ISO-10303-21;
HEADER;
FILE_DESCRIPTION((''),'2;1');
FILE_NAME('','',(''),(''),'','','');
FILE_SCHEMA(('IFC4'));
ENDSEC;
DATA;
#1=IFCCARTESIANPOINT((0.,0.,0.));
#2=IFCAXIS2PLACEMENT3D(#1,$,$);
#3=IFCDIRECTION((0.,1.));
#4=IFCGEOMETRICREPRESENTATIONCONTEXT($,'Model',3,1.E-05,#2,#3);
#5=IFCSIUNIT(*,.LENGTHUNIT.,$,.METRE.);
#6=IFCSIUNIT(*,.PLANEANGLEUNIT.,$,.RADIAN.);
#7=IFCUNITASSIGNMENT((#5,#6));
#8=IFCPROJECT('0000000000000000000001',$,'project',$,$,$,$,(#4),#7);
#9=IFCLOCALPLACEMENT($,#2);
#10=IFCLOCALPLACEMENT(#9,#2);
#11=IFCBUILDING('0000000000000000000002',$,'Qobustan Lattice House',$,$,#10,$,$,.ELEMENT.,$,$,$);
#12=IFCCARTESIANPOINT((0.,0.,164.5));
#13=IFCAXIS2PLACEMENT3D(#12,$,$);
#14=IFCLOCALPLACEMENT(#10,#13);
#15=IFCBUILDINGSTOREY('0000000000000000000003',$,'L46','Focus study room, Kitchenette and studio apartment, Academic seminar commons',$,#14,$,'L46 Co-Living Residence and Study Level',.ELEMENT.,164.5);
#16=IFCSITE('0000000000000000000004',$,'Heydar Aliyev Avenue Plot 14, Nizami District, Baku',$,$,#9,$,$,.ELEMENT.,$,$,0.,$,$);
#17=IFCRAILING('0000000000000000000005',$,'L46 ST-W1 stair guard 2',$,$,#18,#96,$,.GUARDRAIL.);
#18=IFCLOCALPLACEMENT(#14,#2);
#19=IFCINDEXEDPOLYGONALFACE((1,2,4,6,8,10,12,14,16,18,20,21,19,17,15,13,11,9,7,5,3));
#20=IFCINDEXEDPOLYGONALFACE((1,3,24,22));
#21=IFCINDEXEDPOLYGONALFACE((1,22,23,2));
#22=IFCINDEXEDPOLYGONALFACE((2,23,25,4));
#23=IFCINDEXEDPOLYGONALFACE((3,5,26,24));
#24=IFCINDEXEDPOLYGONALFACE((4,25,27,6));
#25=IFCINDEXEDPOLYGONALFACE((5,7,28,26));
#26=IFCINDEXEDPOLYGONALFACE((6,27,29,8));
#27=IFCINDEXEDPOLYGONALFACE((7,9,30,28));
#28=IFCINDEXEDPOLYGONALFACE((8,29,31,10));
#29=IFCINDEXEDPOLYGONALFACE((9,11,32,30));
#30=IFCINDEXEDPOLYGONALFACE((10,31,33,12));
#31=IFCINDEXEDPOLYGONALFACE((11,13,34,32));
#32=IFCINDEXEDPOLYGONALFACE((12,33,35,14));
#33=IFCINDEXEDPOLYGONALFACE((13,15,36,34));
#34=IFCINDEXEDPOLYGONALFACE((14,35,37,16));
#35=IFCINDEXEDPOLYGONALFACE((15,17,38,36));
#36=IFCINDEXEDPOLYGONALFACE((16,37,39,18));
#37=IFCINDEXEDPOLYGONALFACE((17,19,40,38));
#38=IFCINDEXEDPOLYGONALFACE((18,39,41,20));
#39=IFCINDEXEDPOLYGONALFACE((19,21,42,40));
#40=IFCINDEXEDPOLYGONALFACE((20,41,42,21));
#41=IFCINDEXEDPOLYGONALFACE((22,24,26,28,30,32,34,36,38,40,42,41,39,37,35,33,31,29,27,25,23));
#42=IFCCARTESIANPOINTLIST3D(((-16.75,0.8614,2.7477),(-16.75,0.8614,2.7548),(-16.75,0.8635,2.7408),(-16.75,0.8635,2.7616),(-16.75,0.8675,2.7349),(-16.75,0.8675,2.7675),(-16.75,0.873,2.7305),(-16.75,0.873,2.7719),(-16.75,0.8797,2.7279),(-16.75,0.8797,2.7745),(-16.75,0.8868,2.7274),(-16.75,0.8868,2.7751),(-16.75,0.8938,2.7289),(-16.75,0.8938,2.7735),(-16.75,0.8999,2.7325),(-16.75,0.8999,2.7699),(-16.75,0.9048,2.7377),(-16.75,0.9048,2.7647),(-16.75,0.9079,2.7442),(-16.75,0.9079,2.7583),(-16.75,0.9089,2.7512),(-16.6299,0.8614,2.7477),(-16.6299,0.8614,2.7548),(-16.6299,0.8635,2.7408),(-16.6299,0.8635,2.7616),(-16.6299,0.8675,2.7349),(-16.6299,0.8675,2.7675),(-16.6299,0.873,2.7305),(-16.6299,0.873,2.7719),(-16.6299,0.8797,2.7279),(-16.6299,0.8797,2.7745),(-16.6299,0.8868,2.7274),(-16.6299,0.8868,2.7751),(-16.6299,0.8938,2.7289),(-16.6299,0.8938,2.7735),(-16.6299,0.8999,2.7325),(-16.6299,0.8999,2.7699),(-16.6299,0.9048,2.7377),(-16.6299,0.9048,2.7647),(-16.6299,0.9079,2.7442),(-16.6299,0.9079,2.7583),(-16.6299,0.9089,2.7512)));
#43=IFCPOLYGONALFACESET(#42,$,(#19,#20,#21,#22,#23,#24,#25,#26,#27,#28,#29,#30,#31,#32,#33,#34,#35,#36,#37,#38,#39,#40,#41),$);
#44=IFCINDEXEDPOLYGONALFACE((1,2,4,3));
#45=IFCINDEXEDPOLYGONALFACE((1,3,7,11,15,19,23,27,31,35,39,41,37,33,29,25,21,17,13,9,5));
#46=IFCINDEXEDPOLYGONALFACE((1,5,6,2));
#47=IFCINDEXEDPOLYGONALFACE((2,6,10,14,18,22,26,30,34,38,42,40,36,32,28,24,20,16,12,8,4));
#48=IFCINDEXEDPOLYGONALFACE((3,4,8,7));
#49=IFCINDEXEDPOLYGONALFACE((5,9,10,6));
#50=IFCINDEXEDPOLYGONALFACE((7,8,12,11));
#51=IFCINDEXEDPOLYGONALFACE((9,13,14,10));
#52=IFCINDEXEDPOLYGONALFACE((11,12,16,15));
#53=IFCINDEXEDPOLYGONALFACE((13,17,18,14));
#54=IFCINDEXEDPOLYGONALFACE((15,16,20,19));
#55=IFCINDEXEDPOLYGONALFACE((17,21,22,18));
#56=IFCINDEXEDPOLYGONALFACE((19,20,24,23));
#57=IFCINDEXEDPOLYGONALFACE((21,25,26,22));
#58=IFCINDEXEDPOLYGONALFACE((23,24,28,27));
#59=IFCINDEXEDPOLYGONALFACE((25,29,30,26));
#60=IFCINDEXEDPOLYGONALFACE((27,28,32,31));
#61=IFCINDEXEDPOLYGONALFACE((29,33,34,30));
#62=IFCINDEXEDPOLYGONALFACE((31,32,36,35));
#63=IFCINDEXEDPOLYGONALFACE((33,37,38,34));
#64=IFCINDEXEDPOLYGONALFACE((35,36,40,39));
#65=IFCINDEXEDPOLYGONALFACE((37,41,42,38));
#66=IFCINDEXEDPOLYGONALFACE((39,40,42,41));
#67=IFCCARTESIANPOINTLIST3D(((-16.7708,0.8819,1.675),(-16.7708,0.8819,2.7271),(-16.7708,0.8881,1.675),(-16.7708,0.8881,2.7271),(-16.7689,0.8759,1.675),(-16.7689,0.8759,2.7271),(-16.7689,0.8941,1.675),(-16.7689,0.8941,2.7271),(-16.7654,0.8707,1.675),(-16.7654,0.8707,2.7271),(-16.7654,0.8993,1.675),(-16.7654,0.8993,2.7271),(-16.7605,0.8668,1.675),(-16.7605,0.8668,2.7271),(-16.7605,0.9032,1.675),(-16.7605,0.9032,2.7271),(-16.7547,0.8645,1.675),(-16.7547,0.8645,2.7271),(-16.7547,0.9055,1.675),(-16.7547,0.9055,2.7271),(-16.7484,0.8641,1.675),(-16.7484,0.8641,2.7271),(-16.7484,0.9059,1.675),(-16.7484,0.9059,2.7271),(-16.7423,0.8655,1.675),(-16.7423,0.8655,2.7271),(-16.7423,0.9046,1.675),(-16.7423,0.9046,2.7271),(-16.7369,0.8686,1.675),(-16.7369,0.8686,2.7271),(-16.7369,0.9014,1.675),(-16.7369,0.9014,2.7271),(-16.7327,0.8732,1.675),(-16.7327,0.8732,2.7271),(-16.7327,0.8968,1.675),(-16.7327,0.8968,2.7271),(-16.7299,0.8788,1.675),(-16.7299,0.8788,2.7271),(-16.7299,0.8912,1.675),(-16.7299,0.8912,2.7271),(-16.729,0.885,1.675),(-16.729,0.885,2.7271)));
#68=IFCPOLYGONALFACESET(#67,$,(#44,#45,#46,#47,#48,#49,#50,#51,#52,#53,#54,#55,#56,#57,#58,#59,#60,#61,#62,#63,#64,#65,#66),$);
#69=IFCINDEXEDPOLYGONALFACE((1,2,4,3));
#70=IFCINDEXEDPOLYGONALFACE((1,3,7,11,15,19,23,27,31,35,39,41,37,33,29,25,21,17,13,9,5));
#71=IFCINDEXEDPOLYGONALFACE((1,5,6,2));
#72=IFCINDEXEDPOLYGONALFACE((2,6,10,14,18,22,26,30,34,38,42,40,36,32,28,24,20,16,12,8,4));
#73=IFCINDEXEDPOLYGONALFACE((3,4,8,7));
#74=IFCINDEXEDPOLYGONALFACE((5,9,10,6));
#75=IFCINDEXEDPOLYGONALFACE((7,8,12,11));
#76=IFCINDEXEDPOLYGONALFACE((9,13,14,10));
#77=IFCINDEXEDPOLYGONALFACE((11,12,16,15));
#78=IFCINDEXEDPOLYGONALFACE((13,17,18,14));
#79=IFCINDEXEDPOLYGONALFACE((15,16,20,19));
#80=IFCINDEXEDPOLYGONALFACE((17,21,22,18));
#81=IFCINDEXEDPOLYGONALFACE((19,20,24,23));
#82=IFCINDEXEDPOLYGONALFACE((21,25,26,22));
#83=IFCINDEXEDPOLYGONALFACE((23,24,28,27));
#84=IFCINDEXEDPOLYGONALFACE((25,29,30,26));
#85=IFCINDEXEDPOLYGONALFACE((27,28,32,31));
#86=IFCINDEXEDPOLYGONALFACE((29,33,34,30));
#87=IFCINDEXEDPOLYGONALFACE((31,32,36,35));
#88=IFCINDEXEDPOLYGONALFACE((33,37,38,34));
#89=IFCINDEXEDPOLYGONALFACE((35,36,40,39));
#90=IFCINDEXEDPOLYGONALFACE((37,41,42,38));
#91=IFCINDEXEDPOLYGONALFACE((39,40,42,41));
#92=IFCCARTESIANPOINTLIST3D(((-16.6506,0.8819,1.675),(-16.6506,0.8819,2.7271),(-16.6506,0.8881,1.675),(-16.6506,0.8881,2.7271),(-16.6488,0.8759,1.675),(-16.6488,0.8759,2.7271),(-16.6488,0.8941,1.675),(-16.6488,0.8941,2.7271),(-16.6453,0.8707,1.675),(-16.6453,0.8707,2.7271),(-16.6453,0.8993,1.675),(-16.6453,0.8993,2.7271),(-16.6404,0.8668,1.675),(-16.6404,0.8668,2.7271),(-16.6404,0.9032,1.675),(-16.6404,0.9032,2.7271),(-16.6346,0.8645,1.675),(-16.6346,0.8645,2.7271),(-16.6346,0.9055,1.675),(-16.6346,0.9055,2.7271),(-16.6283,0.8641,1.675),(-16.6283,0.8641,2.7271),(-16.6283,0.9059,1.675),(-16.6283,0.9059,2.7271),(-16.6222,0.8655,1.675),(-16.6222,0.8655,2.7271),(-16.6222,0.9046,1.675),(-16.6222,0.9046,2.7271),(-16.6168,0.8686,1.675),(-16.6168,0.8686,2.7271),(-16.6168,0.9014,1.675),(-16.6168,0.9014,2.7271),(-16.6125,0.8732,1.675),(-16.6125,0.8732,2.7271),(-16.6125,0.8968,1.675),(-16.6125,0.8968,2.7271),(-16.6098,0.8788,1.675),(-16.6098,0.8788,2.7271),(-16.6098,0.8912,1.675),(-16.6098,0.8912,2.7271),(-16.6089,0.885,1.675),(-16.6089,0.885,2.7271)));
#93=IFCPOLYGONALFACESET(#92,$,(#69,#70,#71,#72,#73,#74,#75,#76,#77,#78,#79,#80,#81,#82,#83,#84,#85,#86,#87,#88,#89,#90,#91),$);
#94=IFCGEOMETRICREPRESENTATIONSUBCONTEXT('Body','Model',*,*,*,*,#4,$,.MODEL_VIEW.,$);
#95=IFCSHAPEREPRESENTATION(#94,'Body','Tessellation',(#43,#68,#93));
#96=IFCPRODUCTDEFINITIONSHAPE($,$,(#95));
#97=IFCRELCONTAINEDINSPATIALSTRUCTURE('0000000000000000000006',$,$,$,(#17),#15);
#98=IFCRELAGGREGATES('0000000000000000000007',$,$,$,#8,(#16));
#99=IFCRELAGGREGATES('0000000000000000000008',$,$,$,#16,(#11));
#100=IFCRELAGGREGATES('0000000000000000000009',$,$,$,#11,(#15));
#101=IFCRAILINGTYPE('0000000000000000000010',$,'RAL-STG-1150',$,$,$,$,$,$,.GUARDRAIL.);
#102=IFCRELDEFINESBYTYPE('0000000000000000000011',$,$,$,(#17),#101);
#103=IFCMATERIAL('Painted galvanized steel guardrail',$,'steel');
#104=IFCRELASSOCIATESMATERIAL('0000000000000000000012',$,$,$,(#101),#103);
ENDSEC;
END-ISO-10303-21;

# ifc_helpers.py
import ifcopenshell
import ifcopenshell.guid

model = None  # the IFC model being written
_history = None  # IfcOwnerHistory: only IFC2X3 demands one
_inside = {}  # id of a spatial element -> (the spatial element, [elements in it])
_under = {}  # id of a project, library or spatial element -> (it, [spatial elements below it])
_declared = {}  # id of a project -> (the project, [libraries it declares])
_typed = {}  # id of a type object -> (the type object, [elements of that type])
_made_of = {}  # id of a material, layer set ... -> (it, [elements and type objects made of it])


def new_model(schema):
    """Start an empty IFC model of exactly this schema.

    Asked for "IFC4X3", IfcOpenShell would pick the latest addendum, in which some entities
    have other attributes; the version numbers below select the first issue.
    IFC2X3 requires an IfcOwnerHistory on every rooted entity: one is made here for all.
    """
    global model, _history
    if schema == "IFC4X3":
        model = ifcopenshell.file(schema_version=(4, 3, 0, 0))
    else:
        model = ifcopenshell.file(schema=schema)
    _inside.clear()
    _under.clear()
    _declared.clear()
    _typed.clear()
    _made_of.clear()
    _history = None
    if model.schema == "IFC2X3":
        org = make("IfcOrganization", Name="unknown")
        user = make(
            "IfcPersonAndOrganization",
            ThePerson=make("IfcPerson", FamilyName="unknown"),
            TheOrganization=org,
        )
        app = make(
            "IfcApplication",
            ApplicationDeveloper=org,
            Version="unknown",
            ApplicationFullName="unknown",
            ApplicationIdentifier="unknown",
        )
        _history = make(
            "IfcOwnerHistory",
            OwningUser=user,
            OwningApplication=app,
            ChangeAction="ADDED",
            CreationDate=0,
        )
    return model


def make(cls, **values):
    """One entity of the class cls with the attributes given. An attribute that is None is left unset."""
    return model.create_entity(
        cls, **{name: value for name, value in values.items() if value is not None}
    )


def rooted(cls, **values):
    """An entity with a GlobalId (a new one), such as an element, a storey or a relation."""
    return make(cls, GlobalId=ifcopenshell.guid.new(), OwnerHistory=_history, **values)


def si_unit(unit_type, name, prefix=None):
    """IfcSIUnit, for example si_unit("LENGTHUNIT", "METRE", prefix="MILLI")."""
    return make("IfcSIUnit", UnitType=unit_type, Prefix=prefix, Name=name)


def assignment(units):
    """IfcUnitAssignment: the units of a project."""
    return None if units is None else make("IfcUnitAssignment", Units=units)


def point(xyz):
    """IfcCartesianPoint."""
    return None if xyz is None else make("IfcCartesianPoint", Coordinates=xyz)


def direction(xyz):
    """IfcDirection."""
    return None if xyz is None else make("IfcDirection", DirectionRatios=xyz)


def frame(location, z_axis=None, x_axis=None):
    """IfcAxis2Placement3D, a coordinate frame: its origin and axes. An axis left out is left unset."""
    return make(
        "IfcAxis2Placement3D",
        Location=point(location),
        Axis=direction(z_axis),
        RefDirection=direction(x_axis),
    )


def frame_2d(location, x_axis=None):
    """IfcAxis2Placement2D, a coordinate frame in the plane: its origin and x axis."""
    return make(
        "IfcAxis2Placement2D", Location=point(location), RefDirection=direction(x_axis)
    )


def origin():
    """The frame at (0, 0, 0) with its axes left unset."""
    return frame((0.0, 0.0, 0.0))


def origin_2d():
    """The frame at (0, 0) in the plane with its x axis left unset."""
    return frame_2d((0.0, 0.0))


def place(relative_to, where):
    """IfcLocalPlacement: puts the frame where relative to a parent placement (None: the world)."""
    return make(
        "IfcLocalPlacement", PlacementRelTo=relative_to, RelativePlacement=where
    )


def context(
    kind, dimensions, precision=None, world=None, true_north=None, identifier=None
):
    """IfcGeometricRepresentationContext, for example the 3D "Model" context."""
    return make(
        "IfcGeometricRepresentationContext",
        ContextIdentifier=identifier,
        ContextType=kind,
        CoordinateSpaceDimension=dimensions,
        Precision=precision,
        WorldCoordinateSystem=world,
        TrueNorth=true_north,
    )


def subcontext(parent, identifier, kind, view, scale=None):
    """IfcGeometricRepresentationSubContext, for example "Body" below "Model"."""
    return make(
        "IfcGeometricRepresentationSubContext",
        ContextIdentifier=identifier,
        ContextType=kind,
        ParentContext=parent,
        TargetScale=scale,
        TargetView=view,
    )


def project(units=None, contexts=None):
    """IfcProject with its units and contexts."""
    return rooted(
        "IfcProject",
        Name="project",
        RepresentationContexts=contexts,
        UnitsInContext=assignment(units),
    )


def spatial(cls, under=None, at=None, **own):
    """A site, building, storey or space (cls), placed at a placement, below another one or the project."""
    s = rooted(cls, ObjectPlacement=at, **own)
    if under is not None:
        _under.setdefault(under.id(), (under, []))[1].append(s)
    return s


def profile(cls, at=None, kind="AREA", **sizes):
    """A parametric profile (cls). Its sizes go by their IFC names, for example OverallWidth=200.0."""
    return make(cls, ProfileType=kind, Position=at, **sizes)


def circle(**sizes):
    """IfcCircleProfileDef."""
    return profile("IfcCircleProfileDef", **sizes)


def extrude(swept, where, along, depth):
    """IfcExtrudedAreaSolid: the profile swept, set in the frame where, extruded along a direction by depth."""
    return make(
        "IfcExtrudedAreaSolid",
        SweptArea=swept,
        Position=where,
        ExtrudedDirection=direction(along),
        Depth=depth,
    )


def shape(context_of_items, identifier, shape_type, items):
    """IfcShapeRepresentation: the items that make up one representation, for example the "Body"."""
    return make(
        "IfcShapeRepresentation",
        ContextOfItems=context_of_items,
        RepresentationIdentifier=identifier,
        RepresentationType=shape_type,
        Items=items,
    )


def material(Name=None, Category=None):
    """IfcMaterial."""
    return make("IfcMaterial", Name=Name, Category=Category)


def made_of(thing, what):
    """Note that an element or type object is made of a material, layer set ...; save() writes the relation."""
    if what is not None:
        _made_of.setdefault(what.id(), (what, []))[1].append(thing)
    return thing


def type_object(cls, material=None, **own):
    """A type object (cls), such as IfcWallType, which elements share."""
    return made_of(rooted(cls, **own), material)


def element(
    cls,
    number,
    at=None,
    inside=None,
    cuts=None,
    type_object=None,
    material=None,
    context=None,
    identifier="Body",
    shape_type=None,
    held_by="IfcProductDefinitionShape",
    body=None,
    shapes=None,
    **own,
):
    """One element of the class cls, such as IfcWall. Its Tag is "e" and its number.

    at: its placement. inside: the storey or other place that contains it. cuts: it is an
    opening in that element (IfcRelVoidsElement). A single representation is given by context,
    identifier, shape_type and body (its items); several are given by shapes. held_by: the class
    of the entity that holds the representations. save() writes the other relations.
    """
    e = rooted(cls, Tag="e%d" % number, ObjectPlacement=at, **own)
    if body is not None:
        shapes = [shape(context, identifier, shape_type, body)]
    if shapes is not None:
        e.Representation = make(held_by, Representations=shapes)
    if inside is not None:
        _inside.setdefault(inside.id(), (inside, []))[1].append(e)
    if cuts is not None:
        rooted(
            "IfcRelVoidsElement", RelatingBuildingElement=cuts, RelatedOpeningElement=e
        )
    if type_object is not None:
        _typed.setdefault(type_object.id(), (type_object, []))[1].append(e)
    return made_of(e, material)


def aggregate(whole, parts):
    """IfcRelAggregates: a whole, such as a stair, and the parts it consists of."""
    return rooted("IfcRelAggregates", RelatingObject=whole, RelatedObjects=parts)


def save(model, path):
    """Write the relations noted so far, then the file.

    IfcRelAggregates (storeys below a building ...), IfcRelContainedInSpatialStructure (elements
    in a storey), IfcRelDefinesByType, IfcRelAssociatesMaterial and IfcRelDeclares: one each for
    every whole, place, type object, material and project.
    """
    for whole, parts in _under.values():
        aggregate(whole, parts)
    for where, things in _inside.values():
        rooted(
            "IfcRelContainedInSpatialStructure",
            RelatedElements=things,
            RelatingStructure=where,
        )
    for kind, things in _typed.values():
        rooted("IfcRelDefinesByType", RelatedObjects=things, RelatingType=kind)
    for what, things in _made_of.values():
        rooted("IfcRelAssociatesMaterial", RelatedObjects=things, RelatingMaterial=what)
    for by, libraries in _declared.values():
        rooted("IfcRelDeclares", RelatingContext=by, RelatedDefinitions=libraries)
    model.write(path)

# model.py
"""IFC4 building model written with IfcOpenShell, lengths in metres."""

from ifc_helpers import new_model, si_unit, direction, frame, origin, origin_2d, place, context, subcontext, project, spatial, circle, extrude, material, type_object, element, save


model = new_model("IFC4")

# Units and contexts
model_context = context("Model", 3, precision=1e-05, world=origin(), true_north=direction((0.0, 1.0)))
body_context = subcontext(model_context, "Body", "Model", "MODEL_VIEW")
ifc_project = project(units=[si_unit("LENGTHUNIT", "METRE"), si_unit("PLANEANGLEUNIT", "RADIAN")], contexts=[model_context])

# Site, building, storey
site_placement = place(None, origin())
site = spatial("IfcSite", under=ifc_project, at=site_placement, Name="Heydar Aliyev Avenue Plot 14, Nizami District, Baku", CompositionType="ELEMENT", RefElevation=0.0)
building_placement = place(site_placement, origin())
building = spatial("IfcBuilding", under=site, at=building_placement, Name="Qobustan Lattice House", CompositionType="ELEMENT")
storey_placement = place(building_placement, frame((0.0, 0.0, 164.5)))
storey = spatial("IfcBuildingStorey", under=building, at=storey_placement, Name="L46", Description="Focus study room, Kitchenette and studio apartment, Academic seminar commons", LongName="L46 Co-Living Residence and Study Level", CompositionType="ELEMENT", Elevation=164.5)

# Railing
ifc_material_1 = material(Name="Painted galvanized steel guardrail", Category="steel")
railing_type_1 = type_object("IfcRailingType", Name="RAL-STG-1150", PredefinedType="GUARDRAIL", material=ifc_material_1)
railing_1_placement = place(storey_placement, frame((-16.75, 0.885, 1.675)))
element("IfcRailing", 1, at=railing_1_placement, inside=storey, type_object=railing_type_1, Name="L46 ST-W1 stair guard 2", PredefinedType="GUARDRAIL", context=body_context, shape_type="SweptSolid", body=[
    extrude(circle(Radius=0.0239, at=origin_2d()), frame((0.0, 0.0, 1.0762), z_axis=(1.0, 0.0, 0.0), x_axis=(0.0, 1.0, 0.0)), (0.0, 0.0, 1.0), 0.1201),
    extrude(circle(Radius=0.021, at=origin_2d()), origin(), (0.0, 0.0, 1.0), 1.052),
    extrude(circle(Radius=0.021, at=origin_2d()), frame((0.1201, 0.0, 0.0)), (0.0, 0.0, 1.0), 1.052),
])

save(model, "model.ifc")
